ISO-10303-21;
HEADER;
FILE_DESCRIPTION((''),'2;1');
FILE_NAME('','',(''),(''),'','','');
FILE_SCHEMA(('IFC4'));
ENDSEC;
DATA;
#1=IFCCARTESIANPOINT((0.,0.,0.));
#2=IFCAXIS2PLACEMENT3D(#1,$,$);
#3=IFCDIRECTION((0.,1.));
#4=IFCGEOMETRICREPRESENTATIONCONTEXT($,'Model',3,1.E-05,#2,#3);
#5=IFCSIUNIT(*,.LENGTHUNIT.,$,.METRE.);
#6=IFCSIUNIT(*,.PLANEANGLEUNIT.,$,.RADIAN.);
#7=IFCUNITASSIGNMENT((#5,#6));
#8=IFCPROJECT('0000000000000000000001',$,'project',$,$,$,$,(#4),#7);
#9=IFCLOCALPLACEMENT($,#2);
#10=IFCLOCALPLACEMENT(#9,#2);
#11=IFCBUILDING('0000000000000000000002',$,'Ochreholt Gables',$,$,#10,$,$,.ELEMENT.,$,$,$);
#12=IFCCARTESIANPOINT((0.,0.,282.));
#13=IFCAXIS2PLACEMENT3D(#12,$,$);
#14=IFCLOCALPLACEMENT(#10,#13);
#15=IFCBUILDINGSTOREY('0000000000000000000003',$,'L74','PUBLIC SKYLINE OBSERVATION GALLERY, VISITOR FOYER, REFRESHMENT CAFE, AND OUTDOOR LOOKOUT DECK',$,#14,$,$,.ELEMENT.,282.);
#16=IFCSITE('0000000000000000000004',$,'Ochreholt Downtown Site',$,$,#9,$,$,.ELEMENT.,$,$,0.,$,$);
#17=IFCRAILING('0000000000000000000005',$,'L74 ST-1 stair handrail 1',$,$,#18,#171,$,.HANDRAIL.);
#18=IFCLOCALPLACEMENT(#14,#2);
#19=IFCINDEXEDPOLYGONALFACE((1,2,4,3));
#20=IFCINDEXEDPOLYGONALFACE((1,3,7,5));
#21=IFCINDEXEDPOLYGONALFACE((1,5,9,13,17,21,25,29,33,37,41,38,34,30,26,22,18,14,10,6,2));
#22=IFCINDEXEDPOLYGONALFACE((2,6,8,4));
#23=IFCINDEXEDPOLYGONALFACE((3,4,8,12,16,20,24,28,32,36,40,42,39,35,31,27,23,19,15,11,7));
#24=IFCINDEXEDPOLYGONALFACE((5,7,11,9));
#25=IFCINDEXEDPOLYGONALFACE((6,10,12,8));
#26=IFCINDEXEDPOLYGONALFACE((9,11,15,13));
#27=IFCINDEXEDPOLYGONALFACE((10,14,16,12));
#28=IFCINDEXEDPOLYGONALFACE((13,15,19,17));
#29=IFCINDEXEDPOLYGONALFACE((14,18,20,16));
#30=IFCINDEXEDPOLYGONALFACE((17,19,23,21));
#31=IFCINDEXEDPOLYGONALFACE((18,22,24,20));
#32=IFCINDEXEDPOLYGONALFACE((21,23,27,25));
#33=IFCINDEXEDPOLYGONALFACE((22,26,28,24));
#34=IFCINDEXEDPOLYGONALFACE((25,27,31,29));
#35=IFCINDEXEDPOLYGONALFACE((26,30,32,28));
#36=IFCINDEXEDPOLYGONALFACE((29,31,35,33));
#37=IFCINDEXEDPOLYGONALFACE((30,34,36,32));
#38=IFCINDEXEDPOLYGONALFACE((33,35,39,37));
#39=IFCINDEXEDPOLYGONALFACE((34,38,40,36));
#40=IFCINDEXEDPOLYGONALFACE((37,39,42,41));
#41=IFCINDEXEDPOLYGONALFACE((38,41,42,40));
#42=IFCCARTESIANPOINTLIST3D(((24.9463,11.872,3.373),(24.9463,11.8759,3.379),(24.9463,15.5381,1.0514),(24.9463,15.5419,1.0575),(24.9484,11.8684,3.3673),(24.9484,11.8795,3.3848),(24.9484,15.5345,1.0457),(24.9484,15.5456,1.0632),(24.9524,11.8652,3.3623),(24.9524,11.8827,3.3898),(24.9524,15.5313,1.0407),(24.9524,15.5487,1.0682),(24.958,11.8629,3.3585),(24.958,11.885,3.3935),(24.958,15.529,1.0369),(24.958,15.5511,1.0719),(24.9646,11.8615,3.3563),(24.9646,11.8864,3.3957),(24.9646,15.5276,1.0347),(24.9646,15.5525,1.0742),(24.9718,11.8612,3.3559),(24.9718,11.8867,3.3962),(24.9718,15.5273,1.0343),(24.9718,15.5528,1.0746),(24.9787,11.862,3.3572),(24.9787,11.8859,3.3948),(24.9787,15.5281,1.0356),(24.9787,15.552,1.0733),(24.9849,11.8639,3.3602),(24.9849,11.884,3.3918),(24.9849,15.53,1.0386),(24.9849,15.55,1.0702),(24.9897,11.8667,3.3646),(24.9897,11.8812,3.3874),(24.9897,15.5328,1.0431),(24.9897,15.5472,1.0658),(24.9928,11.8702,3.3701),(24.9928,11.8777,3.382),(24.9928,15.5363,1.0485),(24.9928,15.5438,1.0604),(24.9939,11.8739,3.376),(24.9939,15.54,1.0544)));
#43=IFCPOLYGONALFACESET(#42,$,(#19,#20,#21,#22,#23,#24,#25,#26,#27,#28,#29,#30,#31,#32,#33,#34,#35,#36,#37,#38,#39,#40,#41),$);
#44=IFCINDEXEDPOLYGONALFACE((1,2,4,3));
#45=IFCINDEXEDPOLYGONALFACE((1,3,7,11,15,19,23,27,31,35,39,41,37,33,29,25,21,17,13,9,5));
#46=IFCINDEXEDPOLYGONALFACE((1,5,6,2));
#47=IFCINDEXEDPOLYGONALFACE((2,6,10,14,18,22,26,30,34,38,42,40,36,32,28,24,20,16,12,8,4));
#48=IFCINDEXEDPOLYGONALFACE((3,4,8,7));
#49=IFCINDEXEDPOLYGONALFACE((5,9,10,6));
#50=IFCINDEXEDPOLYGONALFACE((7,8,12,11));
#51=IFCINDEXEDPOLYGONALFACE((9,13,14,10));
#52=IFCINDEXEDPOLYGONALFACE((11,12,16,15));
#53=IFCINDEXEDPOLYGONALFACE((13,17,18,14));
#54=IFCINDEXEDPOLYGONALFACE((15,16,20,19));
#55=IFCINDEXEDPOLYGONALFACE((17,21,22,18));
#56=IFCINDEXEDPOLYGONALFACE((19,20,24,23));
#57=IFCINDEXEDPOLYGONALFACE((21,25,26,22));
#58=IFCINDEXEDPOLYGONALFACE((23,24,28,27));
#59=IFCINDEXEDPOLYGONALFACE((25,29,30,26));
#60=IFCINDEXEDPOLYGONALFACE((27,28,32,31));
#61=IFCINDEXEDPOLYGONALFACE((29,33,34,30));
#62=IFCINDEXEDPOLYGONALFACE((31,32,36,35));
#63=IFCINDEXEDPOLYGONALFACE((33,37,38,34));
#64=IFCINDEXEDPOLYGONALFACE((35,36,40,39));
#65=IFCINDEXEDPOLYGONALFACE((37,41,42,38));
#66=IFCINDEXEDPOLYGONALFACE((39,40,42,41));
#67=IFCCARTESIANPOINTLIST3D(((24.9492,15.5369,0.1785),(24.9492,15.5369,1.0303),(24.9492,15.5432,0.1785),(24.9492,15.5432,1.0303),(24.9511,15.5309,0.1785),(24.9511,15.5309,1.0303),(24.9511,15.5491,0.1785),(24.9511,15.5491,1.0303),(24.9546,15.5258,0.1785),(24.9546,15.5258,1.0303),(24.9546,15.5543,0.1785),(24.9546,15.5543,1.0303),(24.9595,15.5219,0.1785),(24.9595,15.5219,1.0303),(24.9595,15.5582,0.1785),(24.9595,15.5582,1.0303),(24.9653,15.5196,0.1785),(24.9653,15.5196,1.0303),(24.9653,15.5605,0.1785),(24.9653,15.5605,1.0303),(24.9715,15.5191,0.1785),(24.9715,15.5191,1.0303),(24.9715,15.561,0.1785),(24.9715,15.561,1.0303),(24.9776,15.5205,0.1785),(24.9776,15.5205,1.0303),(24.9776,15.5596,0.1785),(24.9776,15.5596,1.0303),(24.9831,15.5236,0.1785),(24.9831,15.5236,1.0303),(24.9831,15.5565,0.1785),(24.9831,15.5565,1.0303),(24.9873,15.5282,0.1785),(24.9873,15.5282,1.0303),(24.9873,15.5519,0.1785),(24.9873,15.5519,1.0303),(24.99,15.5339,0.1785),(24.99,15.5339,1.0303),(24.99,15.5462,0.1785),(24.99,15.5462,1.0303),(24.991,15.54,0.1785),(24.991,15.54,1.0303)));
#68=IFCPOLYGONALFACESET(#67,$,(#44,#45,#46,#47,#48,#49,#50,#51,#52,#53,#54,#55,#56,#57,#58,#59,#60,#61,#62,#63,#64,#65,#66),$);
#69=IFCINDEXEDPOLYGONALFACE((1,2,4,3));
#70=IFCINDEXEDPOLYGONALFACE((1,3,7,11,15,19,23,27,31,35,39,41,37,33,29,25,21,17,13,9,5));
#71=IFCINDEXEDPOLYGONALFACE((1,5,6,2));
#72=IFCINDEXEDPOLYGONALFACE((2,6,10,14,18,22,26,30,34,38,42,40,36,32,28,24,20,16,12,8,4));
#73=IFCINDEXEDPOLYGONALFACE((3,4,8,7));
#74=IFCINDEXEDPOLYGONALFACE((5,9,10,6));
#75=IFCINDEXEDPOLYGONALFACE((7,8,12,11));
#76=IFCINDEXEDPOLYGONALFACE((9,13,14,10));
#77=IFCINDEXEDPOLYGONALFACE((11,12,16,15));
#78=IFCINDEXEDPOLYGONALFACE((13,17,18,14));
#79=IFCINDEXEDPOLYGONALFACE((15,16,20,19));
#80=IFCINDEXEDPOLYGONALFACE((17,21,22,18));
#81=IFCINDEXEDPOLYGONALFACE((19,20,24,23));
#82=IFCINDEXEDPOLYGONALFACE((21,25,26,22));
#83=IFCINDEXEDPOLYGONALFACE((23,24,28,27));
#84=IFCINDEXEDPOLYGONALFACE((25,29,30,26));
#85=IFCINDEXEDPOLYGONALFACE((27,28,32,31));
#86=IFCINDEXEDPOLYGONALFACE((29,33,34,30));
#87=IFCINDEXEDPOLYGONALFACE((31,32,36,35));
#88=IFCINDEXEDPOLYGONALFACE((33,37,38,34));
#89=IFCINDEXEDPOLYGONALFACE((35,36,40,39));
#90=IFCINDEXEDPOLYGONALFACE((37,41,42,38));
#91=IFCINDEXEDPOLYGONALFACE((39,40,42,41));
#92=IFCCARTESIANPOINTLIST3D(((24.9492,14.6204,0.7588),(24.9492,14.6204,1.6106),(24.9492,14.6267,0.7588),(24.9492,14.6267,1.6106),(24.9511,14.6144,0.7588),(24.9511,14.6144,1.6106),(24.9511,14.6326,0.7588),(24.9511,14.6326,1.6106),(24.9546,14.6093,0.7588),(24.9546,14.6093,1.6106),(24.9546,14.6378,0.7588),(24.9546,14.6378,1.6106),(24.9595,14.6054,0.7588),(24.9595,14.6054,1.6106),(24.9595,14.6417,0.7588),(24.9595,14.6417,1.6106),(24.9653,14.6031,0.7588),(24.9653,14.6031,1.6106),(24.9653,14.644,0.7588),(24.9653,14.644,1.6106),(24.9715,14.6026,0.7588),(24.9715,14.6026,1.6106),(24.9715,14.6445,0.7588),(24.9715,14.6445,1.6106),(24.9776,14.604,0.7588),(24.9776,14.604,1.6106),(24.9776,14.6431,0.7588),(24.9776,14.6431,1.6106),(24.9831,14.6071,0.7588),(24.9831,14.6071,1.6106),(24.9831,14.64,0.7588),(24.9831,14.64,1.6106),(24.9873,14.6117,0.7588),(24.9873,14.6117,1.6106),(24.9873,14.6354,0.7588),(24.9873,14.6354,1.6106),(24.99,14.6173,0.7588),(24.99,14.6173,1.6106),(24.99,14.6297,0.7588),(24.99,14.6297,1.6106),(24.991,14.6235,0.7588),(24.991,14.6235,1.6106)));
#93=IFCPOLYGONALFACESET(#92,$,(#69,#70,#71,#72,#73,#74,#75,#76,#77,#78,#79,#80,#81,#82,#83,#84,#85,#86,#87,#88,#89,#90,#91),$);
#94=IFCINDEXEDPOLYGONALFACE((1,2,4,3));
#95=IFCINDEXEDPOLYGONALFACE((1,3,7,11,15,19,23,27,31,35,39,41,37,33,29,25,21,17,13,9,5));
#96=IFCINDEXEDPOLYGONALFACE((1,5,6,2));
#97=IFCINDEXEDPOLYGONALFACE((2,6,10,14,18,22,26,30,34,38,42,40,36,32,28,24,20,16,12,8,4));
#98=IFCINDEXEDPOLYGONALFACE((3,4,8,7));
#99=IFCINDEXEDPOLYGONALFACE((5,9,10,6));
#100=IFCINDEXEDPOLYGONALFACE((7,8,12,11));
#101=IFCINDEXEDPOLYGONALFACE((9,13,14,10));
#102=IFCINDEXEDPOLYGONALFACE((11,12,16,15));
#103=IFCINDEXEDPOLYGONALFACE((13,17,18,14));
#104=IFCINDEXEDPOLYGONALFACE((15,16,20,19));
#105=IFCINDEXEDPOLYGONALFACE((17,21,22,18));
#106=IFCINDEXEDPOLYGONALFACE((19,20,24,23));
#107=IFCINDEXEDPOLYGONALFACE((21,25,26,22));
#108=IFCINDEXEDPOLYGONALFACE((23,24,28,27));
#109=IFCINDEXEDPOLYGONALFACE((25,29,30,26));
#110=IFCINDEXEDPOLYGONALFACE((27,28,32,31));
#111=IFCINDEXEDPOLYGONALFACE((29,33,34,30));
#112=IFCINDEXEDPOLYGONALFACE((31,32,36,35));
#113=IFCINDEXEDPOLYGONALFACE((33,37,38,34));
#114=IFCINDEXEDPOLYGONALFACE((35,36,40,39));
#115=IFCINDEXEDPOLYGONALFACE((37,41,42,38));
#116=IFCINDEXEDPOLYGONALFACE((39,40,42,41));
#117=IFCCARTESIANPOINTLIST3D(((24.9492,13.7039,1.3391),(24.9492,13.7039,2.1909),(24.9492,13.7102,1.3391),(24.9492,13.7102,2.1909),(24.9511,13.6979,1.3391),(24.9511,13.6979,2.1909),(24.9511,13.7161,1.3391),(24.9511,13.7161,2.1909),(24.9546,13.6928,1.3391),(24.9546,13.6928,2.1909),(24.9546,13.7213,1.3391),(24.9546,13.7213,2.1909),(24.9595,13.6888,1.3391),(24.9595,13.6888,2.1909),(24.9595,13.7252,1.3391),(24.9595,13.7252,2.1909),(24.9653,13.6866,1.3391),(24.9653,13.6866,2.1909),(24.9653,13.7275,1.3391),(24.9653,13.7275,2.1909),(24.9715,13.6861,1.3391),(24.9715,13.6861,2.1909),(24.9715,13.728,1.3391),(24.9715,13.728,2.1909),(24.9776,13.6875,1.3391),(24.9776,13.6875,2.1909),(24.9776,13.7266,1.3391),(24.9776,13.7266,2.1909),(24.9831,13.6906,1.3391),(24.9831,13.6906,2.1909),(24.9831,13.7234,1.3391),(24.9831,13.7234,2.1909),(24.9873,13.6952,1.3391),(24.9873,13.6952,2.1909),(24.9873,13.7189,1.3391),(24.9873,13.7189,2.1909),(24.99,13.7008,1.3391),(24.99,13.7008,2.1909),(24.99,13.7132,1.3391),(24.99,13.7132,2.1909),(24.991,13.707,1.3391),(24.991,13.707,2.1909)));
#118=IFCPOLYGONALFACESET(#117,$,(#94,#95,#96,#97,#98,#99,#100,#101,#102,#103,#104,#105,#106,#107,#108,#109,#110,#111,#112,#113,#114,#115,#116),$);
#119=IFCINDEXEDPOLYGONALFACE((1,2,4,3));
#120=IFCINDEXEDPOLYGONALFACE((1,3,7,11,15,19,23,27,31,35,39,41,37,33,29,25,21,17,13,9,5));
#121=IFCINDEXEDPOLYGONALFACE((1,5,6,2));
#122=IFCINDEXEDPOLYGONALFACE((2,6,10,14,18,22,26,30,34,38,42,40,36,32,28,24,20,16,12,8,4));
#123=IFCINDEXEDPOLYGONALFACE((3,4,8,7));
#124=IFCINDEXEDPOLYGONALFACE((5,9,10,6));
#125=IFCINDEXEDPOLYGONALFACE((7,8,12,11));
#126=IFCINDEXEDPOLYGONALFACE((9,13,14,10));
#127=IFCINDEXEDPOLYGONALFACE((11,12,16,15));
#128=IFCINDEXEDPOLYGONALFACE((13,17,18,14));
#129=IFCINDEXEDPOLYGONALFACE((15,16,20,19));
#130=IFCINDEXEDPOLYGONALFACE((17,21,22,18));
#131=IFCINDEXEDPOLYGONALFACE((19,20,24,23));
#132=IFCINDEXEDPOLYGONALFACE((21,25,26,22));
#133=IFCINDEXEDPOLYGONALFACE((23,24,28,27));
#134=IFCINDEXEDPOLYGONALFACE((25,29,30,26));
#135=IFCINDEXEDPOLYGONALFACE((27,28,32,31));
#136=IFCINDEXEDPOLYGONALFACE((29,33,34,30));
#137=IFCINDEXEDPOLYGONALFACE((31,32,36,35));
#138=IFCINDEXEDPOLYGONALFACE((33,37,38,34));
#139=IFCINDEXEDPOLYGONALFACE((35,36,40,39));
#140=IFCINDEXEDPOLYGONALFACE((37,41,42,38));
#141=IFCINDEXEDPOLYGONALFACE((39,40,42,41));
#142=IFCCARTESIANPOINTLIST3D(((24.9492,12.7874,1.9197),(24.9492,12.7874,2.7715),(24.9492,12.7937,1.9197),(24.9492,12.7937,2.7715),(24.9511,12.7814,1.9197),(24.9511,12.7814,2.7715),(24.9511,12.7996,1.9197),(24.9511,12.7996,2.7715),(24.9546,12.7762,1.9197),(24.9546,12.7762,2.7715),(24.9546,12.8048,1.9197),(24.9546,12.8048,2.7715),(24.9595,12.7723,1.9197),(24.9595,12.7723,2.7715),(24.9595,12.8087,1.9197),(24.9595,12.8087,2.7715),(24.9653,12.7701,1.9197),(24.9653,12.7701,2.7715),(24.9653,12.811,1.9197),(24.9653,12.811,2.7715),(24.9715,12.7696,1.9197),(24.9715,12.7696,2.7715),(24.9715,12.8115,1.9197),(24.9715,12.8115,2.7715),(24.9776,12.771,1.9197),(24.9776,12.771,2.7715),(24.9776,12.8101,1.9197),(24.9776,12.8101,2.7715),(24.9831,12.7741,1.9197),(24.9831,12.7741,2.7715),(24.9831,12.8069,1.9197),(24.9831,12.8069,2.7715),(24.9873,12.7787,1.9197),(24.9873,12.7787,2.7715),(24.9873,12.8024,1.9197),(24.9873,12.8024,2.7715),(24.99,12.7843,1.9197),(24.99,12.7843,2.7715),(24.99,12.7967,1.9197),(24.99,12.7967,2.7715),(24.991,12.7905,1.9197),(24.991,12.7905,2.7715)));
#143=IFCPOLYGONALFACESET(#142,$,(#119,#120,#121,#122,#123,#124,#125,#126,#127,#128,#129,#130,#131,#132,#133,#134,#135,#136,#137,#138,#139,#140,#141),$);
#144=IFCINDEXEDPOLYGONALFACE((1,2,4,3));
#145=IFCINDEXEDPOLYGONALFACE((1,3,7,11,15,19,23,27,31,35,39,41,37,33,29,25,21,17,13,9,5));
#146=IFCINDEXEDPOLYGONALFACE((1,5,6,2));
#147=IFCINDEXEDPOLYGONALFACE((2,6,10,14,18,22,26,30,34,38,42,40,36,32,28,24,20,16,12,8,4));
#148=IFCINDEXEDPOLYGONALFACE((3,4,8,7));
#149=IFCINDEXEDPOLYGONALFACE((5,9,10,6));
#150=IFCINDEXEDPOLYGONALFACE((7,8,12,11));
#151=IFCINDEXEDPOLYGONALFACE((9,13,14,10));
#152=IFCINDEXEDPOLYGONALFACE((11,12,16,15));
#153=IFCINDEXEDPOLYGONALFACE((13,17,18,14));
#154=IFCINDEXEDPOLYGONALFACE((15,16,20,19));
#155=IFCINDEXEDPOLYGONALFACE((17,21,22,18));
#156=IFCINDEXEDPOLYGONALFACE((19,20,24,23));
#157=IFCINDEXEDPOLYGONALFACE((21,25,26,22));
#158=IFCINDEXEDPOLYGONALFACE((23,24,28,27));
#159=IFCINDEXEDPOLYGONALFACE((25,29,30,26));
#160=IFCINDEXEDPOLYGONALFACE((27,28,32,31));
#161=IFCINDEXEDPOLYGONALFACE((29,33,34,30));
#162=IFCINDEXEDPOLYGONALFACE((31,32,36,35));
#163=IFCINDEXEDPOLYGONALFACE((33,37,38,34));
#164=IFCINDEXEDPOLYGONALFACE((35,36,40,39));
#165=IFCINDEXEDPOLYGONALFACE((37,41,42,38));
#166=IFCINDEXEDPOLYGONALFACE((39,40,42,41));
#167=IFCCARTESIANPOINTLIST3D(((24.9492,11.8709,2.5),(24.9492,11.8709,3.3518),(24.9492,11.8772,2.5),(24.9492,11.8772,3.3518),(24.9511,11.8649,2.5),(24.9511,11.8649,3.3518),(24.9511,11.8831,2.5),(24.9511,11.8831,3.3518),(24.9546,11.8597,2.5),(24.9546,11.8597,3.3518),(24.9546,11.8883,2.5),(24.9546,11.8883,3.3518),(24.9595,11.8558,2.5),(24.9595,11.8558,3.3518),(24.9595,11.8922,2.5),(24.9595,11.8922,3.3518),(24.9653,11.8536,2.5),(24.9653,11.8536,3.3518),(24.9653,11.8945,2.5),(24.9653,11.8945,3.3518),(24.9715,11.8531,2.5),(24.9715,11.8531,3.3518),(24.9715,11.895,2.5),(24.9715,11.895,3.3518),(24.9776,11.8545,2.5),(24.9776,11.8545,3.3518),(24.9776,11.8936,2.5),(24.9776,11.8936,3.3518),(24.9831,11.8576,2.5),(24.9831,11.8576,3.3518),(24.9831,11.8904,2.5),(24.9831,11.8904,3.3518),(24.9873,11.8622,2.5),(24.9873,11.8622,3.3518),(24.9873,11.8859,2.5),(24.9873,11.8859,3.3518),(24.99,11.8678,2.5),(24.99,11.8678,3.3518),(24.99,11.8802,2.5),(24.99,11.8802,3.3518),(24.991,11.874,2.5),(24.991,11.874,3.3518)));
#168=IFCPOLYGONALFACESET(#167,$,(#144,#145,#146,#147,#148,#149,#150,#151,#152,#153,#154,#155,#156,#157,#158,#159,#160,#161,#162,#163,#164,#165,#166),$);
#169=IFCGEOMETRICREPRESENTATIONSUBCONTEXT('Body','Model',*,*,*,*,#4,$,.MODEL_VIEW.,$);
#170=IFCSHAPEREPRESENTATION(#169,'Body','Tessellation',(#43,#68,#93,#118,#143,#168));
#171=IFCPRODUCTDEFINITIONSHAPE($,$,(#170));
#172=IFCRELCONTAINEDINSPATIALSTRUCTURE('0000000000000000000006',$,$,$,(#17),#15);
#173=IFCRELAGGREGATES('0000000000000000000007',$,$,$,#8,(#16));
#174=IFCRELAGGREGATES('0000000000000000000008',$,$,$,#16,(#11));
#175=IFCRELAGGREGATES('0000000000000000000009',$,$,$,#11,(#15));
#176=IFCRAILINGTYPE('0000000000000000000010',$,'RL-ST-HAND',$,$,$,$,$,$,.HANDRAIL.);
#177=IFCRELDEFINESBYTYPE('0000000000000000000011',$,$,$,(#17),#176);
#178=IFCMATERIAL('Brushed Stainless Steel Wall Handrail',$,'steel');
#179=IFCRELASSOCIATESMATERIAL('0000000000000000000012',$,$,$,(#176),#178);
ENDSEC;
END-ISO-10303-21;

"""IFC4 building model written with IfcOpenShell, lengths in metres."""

from ifc_helpers import new_model, si_unit, direction, frame, origin, origin_2d, place, context, subcontext, project, spatial, circle, extrude, material, type_object, element, save


model = new_model("IFC4")

# Units and contexts
model_context = context("Model", 3, precision=1e-05, world=origin(), true_north=direction((0.0, 1.0)))
body_context = subcontext(model_context, "Body", "Model", "MODEL_VIEW")
ifc_project = project(units=[si_unit("LENGTHUNIT", "METRE"), si_unit("PLANEANGLEUNIT", "RADIAN")], contexts=[model_context])

# Site, building, storey
site_placement = place(None, origin())
site = spatial("IfcSite", under=ifc_project, at=site_placement, Name="Ochreholt Downtown Site", CompositionType="ELEMENT", RefElevation=0.0)
building_placement = place(site_placement, origin())
building = spatial("IfcBuilding", under=site, at=building_placement, Name="Ochreholt Gables", CompositionType="ELEMENT")
storey_placement = place(building_placement, frame((0.0, 0.0, 282.0)))
storey = spatial("IfcBuildingStorey", under=building, at=storey_placement, Name="L74", Description="PUBLIC SKYLINE OBSERVATION GALLERY, VISITOR FOYER, REFRESHMENT CAFE, AND OUTDOOR LOOKOUT DECK", CompositionType="ELEMENT", Elevation=282.0)

# Railing
ifc_material_1 = material(Name="Brushed Stainless Steel Wall Handrail", Category="steel")
railing_type_1 = type_object("IfcRailingType", Name="RL-ST-HAND", PredefinedType="HANDRAIL", material=ifc_material_1)
railing_1_placement = place(storey_placement, frame((24.97, 15.54, 0.1785)))
element("IfcRailing", 1, at=railing_1_placement, inside=storey, type_object=railing_type_1, Name="L74 ST-1 stair handrail 1", PredefinedType="HANDRAIL", context=body_context, shape_type="SweptSolid", body=[
    extrude(circle(Radius=0.0239, at=origin_2d()), frame((0.0, 0.0, 0.876), z_axis=(0.0, -0.844848, 0.535007), x_axis=(1.0, 0.0, 0.0)), (0.0, 0.0, 1.0), 4.3394),
    extrude(circle(Radius=0.021, at=origin_2d()), origin(), (0.0, 0.0, 1.0), 0.8518),
    extrude(circle(Radius=0.021, at=origin_2d()), frame((0.0, -0.9165, 0.5803)), (0.0, 0.0, 1.0), 0.8518),
    extrude(circle(Radius=0.021, at=origin_2d()), frame((0.0, -1.833, 1.1606)), (0.0, 0.0, 1.0), 0.8518),
    extrude(circle(Radius=0.021, at=origin_2d()), frame((0.0, -2.7495, 1.7412)), (0.0, 0.0, 1.0), 0.8518),
    extrude(circle(Radius=0.021, at=origin_2d()), frame((0.0, -3.666, 2.3215)), (0.0, 0.0, 1.0), 0.8518),
])

save(model, "model.ifc")
